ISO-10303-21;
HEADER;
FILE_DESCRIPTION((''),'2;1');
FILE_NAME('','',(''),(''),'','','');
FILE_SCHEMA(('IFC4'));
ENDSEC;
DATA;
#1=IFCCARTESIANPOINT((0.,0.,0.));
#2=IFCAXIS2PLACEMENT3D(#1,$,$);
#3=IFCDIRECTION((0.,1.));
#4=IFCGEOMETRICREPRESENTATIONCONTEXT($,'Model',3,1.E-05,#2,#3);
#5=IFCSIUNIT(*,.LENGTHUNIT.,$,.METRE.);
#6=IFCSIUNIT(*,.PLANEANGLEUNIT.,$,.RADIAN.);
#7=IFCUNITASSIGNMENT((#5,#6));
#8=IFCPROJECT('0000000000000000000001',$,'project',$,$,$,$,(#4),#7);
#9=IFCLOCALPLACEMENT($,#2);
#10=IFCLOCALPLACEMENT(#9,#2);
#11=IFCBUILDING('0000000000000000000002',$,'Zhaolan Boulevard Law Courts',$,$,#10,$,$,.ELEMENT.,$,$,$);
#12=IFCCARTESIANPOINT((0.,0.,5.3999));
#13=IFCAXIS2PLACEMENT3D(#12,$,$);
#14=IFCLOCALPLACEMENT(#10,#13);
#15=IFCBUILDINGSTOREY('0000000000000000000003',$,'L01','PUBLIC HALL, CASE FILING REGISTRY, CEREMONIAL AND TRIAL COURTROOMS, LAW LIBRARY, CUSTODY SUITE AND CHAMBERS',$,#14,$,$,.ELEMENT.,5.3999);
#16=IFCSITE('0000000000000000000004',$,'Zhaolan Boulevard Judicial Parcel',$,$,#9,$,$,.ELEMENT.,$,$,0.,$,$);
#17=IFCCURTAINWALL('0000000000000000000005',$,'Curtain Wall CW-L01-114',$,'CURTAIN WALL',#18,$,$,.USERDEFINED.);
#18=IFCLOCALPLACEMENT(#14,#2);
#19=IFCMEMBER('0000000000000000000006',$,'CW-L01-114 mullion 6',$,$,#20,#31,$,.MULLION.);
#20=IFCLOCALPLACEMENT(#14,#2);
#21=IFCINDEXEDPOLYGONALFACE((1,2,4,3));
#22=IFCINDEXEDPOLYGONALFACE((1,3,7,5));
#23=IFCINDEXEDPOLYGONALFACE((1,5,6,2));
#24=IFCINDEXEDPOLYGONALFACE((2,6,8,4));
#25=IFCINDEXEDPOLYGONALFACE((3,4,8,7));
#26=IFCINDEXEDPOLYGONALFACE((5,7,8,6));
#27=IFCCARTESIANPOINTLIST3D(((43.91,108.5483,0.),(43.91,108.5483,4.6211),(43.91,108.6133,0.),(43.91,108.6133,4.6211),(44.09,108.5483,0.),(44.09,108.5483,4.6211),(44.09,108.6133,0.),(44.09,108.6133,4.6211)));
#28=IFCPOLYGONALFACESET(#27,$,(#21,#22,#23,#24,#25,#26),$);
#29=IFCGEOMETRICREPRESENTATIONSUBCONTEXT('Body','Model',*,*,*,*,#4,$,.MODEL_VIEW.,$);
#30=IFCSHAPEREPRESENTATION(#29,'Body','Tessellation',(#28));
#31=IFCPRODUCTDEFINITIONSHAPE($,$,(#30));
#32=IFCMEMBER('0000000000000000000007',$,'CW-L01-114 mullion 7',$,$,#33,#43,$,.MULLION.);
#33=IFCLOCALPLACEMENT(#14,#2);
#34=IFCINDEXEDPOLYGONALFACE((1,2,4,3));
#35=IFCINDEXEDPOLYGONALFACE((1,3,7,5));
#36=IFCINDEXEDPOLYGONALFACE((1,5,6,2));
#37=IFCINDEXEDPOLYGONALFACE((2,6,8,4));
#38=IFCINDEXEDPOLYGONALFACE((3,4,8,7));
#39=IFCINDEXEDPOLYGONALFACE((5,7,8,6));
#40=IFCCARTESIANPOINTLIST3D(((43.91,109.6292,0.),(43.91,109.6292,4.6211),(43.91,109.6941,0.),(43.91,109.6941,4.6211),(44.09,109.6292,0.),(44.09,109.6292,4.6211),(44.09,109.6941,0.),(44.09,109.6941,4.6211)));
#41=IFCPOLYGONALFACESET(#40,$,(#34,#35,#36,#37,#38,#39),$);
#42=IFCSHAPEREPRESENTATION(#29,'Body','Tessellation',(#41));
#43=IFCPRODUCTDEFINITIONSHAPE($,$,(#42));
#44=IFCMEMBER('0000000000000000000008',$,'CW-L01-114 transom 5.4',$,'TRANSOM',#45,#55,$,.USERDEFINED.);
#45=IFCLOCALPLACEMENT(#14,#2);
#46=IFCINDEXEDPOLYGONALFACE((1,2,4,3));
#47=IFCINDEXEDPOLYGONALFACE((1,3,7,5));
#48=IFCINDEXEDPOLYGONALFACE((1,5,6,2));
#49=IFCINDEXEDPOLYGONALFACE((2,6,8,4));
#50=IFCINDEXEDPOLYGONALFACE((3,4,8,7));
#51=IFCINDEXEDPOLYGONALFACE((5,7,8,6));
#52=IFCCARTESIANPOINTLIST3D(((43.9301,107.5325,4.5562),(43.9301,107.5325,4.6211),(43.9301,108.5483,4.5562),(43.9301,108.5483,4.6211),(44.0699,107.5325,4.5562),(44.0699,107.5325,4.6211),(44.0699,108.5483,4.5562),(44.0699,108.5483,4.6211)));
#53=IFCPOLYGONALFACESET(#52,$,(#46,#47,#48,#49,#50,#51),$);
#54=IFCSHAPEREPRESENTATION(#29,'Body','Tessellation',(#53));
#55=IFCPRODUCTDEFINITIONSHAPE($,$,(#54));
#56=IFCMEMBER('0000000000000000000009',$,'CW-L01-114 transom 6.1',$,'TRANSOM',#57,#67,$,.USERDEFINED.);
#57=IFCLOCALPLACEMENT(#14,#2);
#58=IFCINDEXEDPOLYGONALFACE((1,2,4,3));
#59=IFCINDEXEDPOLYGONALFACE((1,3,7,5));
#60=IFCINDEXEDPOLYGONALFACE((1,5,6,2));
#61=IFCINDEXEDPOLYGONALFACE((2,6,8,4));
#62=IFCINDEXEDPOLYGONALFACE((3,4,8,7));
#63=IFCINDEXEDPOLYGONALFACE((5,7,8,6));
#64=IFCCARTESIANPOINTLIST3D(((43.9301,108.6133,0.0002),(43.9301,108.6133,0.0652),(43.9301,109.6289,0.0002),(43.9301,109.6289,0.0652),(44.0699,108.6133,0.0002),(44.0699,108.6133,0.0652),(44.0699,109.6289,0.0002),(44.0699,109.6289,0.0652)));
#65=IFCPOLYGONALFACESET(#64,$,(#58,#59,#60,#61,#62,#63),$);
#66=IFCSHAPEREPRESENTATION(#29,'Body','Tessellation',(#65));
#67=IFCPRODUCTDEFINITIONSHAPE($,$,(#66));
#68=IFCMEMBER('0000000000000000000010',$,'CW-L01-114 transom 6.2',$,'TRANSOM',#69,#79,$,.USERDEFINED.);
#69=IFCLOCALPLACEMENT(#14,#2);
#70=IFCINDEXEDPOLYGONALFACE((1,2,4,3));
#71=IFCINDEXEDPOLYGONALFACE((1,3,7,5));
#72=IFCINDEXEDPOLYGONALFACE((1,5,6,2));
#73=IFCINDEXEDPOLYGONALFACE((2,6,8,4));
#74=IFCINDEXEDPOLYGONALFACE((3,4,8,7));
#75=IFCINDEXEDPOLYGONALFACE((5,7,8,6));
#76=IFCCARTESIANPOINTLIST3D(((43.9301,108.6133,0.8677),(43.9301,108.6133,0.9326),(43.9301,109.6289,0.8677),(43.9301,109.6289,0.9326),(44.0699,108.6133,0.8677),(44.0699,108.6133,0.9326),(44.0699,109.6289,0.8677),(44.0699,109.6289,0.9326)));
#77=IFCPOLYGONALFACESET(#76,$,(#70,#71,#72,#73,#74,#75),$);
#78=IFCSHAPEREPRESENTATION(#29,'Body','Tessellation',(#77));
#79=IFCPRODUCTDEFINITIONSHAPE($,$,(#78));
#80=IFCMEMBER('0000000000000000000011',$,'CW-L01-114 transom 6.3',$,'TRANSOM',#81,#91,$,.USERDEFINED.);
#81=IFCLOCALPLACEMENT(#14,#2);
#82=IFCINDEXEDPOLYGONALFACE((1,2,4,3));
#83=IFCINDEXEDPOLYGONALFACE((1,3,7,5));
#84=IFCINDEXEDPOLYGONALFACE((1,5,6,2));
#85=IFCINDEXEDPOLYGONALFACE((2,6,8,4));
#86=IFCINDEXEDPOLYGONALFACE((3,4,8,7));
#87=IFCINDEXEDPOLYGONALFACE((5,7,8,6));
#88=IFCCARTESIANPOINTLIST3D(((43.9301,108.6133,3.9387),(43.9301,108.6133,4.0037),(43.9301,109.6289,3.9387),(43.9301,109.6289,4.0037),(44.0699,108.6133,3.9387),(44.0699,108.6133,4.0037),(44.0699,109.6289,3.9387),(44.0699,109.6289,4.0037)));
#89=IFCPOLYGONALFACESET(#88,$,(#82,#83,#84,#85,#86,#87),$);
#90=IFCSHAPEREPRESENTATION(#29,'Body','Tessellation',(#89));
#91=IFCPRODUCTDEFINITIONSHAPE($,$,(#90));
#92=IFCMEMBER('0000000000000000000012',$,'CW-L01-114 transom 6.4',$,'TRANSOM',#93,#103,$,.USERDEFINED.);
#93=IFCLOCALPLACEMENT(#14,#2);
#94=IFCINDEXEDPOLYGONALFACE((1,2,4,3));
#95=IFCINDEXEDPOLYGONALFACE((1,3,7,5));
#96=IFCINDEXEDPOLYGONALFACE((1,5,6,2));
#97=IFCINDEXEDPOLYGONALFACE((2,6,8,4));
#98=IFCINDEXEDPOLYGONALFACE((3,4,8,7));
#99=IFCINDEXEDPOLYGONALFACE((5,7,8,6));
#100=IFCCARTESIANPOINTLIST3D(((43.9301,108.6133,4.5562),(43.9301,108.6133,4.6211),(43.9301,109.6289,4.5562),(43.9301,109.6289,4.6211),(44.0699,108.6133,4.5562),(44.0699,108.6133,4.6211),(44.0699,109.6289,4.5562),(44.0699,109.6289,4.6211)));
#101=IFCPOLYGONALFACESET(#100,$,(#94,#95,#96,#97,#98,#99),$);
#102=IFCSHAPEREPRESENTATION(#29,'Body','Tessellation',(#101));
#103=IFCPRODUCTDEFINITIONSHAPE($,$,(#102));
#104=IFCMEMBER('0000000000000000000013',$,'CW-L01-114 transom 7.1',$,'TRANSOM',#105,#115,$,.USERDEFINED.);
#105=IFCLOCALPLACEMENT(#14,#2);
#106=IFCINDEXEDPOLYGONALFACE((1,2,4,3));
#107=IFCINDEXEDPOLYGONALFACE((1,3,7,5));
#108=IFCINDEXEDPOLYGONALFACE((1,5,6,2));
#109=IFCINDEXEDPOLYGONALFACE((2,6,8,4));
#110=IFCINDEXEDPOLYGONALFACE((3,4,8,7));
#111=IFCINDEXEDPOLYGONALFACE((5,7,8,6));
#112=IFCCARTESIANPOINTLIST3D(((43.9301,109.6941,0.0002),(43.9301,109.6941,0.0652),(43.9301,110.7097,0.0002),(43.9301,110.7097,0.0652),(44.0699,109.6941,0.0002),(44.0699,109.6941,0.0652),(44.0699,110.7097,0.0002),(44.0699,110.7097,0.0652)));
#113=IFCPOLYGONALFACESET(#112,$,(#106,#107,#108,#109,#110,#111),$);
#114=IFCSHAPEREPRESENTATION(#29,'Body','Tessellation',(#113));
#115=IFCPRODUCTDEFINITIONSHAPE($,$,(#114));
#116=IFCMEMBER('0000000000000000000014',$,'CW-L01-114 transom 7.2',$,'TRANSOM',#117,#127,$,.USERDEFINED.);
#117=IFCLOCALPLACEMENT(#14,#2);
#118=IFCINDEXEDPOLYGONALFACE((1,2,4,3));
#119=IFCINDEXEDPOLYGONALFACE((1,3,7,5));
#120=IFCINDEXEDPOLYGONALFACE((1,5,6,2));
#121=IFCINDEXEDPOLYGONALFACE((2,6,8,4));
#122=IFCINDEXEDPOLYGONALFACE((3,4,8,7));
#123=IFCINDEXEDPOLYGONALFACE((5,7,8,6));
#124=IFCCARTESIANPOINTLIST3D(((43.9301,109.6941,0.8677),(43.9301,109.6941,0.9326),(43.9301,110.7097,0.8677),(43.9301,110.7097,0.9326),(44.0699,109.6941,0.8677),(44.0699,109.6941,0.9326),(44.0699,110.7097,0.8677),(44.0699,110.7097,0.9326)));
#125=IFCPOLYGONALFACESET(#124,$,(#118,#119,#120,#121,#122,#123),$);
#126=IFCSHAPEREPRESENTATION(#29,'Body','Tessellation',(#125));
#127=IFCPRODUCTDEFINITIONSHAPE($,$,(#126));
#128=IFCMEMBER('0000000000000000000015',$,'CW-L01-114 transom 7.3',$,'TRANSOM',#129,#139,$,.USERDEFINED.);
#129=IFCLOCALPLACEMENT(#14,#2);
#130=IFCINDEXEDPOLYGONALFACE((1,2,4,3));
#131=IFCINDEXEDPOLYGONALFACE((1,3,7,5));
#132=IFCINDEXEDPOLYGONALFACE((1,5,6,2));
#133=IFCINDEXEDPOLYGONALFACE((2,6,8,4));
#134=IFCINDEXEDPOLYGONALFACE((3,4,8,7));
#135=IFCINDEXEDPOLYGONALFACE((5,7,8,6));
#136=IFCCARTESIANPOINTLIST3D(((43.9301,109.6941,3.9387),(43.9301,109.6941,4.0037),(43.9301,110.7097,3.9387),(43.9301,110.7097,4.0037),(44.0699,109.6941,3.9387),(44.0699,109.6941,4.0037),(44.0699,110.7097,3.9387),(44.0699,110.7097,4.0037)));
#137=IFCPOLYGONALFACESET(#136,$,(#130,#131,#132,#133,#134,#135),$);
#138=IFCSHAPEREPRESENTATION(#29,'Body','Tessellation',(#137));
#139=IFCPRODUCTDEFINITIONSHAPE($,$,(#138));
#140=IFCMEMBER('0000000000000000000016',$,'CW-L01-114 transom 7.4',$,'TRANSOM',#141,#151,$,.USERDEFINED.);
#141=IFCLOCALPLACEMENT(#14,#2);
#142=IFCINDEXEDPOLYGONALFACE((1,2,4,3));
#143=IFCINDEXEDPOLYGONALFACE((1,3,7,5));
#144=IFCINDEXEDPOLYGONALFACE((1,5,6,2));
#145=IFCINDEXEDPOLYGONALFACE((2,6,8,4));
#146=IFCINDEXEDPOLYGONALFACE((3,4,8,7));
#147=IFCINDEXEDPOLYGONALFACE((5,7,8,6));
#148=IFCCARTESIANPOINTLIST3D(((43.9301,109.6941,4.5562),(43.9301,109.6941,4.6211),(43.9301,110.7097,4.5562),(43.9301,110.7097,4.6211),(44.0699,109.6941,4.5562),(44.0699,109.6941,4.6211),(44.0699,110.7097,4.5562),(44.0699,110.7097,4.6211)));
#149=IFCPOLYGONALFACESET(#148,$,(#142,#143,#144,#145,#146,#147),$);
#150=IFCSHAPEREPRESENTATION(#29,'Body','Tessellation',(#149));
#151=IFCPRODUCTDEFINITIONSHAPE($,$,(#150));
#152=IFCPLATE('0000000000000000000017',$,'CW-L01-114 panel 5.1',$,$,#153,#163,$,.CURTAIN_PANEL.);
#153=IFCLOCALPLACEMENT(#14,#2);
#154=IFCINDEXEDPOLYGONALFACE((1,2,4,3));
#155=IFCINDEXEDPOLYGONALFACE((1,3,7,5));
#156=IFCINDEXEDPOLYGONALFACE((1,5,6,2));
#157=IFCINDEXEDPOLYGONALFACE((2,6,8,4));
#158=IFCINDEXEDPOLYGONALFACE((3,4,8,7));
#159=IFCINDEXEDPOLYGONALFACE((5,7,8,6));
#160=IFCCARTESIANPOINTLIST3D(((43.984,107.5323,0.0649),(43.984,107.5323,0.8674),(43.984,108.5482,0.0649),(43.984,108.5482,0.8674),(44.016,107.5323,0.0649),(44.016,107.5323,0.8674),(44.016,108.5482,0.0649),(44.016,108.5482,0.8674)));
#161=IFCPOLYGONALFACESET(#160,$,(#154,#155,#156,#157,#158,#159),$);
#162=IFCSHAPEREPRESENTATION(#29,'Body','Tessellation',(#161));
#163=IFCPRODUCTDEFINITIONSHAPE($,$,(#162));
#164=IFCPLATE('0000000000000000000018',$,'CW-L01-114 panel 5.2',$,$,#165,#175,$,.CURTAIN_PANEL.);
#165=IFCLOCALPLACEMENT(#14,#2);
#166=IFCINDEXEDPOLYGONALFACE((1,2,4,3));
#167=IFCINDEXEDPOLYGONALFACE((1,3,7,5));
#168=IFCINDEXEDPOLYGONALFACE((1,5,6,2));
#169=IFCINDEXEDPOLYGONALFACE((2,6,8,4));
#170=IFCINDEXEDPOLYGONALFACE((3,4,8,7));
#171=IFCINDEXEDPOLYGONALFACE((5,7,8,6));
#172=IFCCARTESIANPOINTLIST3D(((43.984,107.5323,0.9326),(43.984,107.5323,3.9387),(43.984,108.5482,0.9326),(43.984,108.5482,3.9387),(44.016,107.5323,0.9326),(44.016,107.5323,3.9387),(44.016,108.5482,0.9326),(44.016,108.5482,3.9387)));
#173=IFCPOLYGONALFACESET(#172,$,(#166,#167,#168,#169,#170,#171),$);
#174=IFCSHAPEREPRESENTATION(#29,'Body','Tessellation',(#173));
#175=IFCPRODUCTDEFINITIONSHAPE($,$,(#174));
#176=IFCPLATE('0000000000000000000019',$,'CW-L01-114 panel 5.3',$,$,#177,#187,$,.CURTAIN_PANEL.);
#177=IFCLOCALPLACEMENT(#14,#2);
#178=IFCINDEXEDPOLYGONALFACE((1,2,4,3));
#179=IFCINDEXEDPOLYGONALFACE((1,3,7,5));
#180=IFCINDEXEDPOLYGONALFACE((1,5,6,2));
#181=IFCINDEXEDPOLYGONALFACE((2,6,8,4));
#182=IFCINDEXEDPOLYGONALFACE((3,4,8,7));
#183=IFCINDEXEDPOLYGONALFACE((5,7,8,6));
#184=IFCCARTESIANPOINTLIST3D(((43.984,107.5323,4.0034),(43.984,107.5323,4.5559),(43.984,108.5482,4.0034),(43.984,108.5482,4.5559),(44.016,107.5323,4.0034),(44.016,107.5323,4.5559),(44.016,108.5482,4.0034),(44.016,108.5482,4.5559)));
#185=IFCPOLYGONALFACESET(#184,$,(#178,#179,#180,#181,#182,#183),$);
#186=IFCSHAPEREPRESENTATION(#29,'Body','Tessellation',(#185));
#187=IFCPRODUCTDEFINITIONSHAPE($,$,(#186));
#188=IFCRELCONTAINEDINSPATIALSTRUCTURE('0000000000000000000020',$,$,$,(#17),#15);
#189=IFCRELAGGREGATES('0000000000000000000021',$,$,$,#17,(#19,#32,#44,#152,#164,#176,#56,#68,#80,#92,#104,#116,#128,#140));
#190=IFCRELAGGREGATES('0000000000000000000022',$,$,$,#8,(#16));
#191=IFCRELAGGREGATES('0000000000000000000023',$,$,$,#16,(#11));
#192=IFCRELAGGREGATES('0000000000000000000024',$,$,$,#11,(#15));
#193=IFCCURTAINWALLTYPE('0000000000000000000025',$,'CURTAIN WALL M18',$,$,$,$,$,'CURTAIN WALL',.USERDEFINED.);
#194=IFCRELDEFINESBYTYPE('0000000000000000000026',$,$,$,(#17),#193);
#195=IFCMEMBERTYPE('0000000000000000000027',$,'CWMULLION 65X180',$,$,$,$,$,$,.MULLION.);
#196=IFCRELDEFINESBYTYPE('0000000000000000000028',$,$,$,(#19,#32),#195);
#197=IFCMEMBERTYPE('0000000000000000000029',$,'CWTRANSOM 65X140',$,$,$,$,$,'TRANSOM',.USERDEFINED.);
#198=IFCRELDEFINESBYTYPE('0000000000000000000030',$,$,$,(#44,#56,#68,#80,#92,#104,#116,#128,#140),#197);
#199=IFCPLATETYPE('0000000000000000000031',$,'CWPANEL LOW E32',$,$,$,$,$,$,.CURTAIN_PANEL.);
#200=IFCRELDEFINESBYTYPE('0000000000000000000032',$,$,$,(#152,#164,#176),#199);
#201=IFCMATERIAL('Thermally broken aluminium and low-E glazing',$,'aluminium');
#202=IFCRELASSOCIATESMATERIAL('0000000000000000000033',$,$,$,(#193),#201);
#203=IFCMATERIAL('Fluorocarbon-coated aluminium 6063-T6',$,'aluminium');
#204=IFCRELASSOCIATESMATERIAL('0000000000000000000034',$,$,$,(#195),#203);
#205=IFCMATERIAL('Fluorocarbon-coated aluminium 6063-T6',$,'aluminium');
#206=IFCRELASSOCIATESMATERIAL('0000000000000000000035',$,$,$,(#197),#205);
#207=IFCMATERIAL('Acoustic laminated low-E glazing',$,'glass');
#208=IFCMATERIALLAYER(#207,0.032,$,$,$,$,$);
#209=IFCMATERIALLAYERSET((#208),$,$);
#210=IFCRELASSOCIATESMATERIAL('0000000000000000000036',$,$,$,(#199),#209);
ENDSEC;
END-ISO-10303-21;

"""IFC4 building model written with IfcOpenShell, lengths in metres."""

from ifc_helpers import new_model, si_unit, direction, frame, origin, origin_2d, place, context, subcontext, project, spatial, rectangle, extrude, material, layer, layer_set, material_profile, profile_set, type_object, element, aggregate, save


model = new_model("IFC4")

# Units and contexts
model_context = context("Model", 3, precision=1e-05, world=origin(), true_north=direction((0.0, 1.0)))
body_context = subcontext(model_context, "Body", "Model", "MODEL_VIEW")
ifc_project = project(units=[si_unit("LENGTHUNIT", "METRE"), si_unit("PLANEANGLEUNIT", "RADIAN")], contexts=[model_context])

# Site, building, storey
site_placement = place(None, origin())
site = spatial("IfcSite", under=ifc_project, at=site_placement, Name="Zhaolan Boulevard Judicial Parcel", CompositionType="ELEMENT", RefElevation=0.0)
building_placement = place(site_placement, origin())
building = spatial("IfcBuilding", under=site, at=building_placement, Name="Zhaolan Boulevard Law Courts", CompositionType="ELEMENT")
storey_placement = place(building_placement, frame((0.0, 0.0, 5.3999)))
storey = spatial("IfcBuildingStorey", under=building, at=storey_placement, Name="L01", Description="PUBLIC HALL, CASE FILING REGISTRY, CEREMONIAL AND TRIAL COURTROOMS, LAW LIBRARY, CUSTODY SUITE AND CHAMBERS", CompositionType="ELEMENT", Elevation=5.3999)

# Curtain wall, members, plates
ifc_material_1 = material(Name="Thermally broken aluminium and low-E glazing", Category="aluminium")
curtain_wall_type = type_object("IfcCurtainWallType", Name="CURTAIN WALL M18", ElementType="CURTAIN WALL", PredefinedType="USERDEFINED", material=ifc_material_1)
curtain_wall_placement = place(storey_placement, origin())
curtain_wall = element("IfcCurtainWall", 1, at=curtain_wall_placement, inside=storey, type_object=curtain_wall_type, Name="Curtain Wall CW-L01-114", ObjectType="CURTAIN WALL", PredefinedType="USERDEFINED")
ifc_material_2 = material(Name="Fluorocarbon-coated aluminium 6063-T6", Category="aluminium")
ifc_material_profile_1 = material_profile(ifc_material_2, rectangle(XDim=0.1799, YDim=0.0649, at=origin_2d()), Name="AL65x180")
ifc_profile_set_1 = profile_set([ifc_material_profile_1], Name="Fluorocarbon-coated aluminium 6063-T6")
member_type_1 = type_object("IfcMemberType", Name="CWMULLION 65X180", PredefinedType="MULLION", material=ifc_profile_set_1)
member_1_placement = place(storey_placement, frame((44.0, 108.5808, 0.0), z_axis=(0.0, 0.0, 1.0), x_axis=(-1.0, 0.0, 0.0)))
member_1 = element("IfcMember", 2, at=member_1_placement, type_object=member_type_1, Name="CW-L01-114 mullion 6", PredefinedType="MULLION", context=body_context, shape_type="SweptSolid", body=[
    extrude(rectangle(XDim=0.1799, YDim=0.0649, at=origin_2d()), origin(), (0.0, 0.0, 1.0), 4.6211),
])
member_2_placement = place(storey_placement, frame((44.0, 109.6616, 0.0), z_axis=(0.0, 0.0, 1.0), x_axis=(-1.0, 0.0, 0.0)))
member_2 = element("IfcMember", 3, at=member_2_placement, type_object=member_type_1, Name="CW-L01-114 mullion 7", PredefinedType="MULLION", context=body_context, shape_type="SweptSolid", body=[
    extrude(rectangle(XDim=0.1799, YDim=0.0649, at=origin_2d()), origin(), (0.0, 0.0, 1.0), 4.6211),
])
ifc_material_3 = material(Name="Fluorocarbon-coated aluminium 6063-T6", Category="aluminium")
ifc_material_profile_2 = material_profile(ifc_material_3, rectangle(XDim=0.1399, YDim=0.0649, at=origin_2d()), Name="AL65x140")
ifc_profile_set_2 = profile_set([ifc_material_profile_2], Name="Fluorocarbon-coated aluminium 6063-T6")
member_type_2 = type_object("IfcMemberType", Name="CWTRANSOM 65X140", ElementType="TRANSOM", PredefinedType="USERDEFINED", material=ifc_profile_set_2)
member_3_placement = place(storey_placement, frame((44.0, 107.5325, 4.5886), z_axis=(0.0, 1.0, 0.0), x_axis=(-1.0, 0.0, 0.0)))
member_3 = element("IfcMember", 4, at=member_3_placement, type_object=member_type_2, Name="CW-L01-114 transom 5.4", ObjectType="TRANSOM", PredefinedType="USERDEFINED", context=body_context, shape_type="SweptSolid", body=[
    extrude(rectangle(XDim=0.1399, YDim=0.0649, at=origin_2d()), origin(), (0.0, 0.0, 1.0), 1.0159),
])
member_4_placement = place(storey_placement, frame((44.0, 108.6133, 0.0327), z_axis=(0.0, 1.0, 0.0), x_axis=(-1.0, 0.0, 0.0)))
member_4 = element("IfcMember", 5, at=member_4_placement, type_object=member_type_2, Name="CW-L01-114 transom 6.1", ObjectType="TRANSOM", PredefinedType="USERDEFINED", context=body_context, shape_type="SweptSolid", body=[
    extrude(rectangle(XDim=0.1399, YDim=0.0649, at=origin_2d()), origin(), (0.0, 0.0, 1.0), 1.0156),
])
member_5_placement = place(storey_placement, frame((44.0, 108.6133, 0.9001), z_axis=(0.0, 1.0, 0.0), x_axis=(-1.0, 0.0, 0.0)))
member_5 = element("IfcMember", 6, at=member_5_placement, type_object=member_type_2, Name="CW-L01-114 transom 6.2", ObjectType="TRANSOM", PredefinedType="USERDEFINED", context=body_context, shape_type="SweptSolid", body=[
    extrude(rectangle(XDim=0.1399, YDim=0.0649, at=origin_2d()), origin(), (0.0, 0.0, 1.0), 1.0156),
])
member_6_placement = place(storey_placement, frame((44.0, 108.6133, 3.9712), z_axis=(0.0, 1.0, 0.0), x_axis=(-1.0, 0.0, 0.0)))
member_6 = element("IfcMember", 7, at=member_6_placement, type_object=member_type_2, Name="CW-L01-114 transom 6.3", ObjectType="TRANSOM", PredefinedType="USERDEFINED", context=body_context, shape_type="SweptSolid", body=[
    extrude(rectangle(XDim=0.1399, YDim=0.0649, at=origin_2d()), origin(), (0.0, 0.0, 1.0), 1.0156),
])
member_7_placement = place(storey_placement, frame((44.0, 108.6133, 4.5886), z_axis=(0.0, 1.0, 0.0), x_axis=(-1.0, 0.0, 0.0)))
member_7 = element("IfcMember", 8, at=member_7_placement, type_object=member_type_2, Name="CW-L01-114 transom 6.4", ObjectType="TRANSOM", PredefinedType="USERDEFINED", context=body_context, shape_type="SweptSolid", body=[
    extrude(rectangle(XDim=0.1399, YDim=0.0649, at=origin_2d()), origin(), (0.0, 0.0, 1.0), 1.0156),
])
member_8_placement = place(storey_placement, frame((44.0, 109.6941, 0.0327), z_axis=(0.0, 1.0, 0.0), x_axis=(-1.0, 0.0, 0.0)))
member_8 = element("IfcMember", 9, at=member_8_placement, type_object=member_type_2, Name="CW-L01-114 transom 7.1", ObjectType="TRANSOM", PredefinedType="USERDEFINED", context=body_context, shape_type="SweptSolid", body=[
    extrude(rectangle(XDim=0.1399, YDim=0.0649, at=origin_2d()), origin(), (0.0, 0.0, 1.0), 1.0156),
])
member_9_placement = place(storey_placement, frame((44.0, 109.6941, 0.9001), z_axis=(0.0, 1.0, 0.0), x_axis=(-1.0, 0.0, 0.0)))
member_9 = element("IfcMember", 10, at=member_9_placement, type_object=member_type_2, Name="CW-L01-114 transom 7.2", ObjectType="TRANSOM", PredefinedType="USERDEFINED", context=body_context, shape_type="SweptSolid", body=[
    extrude(rectangle(XDim=0.1399, YDim=0.0649, at=origin_2d()), origin(), (0.0, 0.0, 1.0), 1.0156),
])
member_10_placement = place(storey_placement, frame((44.0, 109.6941, 3.9712), z_axis=(0.0, 1.0, 0.0), x_axis=(-1.0, 0.0, 0.0)))
member_10 = element("IfcMember", 11, at=member_10_placement, type_object=member_type_2, Name="CW-L01-114 transom 7.3", ObjectType="TRANSOM", PredefinedType="USERDEFINED", context=body_context, shape_type="SweptSolid", body=[
    extrude(rectangle(XDim=0.1399, YDim=0.0649, at=origin_2d()), origin(), (0.0, 0.0, 1.0), 1.0156),
])
member_11_placement = place(storey_placement, frame((44.0, 109.6941, 4.5886), z_axis=(0.0, 1.0, 0.0), x_axis=(-1.0, 0.0, 0.0)))
member_11 = element("IfcMember", 12, at=member_11_placement, type_object=member_type_2, Name="CW-L01-114 transom 7.4", ObjectType="TRANSOM", PredefinedType="USERDEFINED", context=body_context, shape_type="SweptSolid", body=[
    extrude(rectangle(XDim=0.1399, YDim=0.0649, at=origin_2d()), origin(), (0.0, 0.0, 1.0), 1.0156),
])
ifc_material_4 = material(Name="Acoustic laminated low-E glazing", Category="glass")
ifc_layer = layer(ifc_material_4, 0.032)
ifc_layer_set = layer_set([ifc_layer])
plate_type = type_object("IfcPlateType", Name="CWPANEL LOW E32", PredefinedType="CURTAIN_PANEL", material=ifc_layer_set)
plate_1_placement = place(storey_placement, frame((44.0, 108.0403, 0.0649), z_axis=(0.0, 0.0, 1.0), x_axis=(0.0, 1.0, 0.0)))
plate_1 = element("IfcPlate", 13, at=plate_1_placement, type_object=plate_type, Name="CW-L01-114 panel 5.1", PredefinedType="CURTAIN_PANEL", context=body_context, shape_type="SweptSolid", body=[
    extrude(rectangle(XDim=1.0159, YDim=0.032, at=origin_2d()), origin(), (0.0, 0.0, 1.0), 0.8025),
])
plate_2_placement = place(storey_placement, frame((44.0, 108.0403, 0.9326), z_axis=(0.0, 0.0, 1.0), x_axis=(0.0, 1.0, 0.0)))
plate_2 = element("IfcPlate", 14, at=plate_2_placement, type_object=plate_type, Name="CW-L01-114 panel 5.2", PredefinedType="CURTAIN_PANEL", context=body_context, shape_type="SweptSolid", body=[
    extrude(rectangle(XDim=1.0159, YDim=0.032, at=origin_2d()), origin(), (0.0, 0.0, 1.0), 3.0061),
])
plate_3_placement = place(storey_placement, frame((44.0, 108.0403, 4.0034), z_axis=(0.0, 0.0, 1.0), x_axis=(0.0, 1.0, 0.0)))
plate_3 = element("IfcPlate", 15, at=plate_3_placement, type_object=plate_type, Name="CW-L01-114 panel 5.3", PredefinedType="CURTAIN_PANEL", context=body_context, shape_type="SweptSolid", body=[
    extrude(rectangle(XDim=1.0159, YDim=0.032, at=origin_2d()), origin(), (0.0, 0.0, 1.0), 0.5525),
])
aggregate(curtain_wall, [member_1, member_2, member_3, plate_1, plate_2, plate_3, member_4, member_5, member_6, member_7, member_8, member_9, member_10, member_11])

save(model, "model.ifc")
